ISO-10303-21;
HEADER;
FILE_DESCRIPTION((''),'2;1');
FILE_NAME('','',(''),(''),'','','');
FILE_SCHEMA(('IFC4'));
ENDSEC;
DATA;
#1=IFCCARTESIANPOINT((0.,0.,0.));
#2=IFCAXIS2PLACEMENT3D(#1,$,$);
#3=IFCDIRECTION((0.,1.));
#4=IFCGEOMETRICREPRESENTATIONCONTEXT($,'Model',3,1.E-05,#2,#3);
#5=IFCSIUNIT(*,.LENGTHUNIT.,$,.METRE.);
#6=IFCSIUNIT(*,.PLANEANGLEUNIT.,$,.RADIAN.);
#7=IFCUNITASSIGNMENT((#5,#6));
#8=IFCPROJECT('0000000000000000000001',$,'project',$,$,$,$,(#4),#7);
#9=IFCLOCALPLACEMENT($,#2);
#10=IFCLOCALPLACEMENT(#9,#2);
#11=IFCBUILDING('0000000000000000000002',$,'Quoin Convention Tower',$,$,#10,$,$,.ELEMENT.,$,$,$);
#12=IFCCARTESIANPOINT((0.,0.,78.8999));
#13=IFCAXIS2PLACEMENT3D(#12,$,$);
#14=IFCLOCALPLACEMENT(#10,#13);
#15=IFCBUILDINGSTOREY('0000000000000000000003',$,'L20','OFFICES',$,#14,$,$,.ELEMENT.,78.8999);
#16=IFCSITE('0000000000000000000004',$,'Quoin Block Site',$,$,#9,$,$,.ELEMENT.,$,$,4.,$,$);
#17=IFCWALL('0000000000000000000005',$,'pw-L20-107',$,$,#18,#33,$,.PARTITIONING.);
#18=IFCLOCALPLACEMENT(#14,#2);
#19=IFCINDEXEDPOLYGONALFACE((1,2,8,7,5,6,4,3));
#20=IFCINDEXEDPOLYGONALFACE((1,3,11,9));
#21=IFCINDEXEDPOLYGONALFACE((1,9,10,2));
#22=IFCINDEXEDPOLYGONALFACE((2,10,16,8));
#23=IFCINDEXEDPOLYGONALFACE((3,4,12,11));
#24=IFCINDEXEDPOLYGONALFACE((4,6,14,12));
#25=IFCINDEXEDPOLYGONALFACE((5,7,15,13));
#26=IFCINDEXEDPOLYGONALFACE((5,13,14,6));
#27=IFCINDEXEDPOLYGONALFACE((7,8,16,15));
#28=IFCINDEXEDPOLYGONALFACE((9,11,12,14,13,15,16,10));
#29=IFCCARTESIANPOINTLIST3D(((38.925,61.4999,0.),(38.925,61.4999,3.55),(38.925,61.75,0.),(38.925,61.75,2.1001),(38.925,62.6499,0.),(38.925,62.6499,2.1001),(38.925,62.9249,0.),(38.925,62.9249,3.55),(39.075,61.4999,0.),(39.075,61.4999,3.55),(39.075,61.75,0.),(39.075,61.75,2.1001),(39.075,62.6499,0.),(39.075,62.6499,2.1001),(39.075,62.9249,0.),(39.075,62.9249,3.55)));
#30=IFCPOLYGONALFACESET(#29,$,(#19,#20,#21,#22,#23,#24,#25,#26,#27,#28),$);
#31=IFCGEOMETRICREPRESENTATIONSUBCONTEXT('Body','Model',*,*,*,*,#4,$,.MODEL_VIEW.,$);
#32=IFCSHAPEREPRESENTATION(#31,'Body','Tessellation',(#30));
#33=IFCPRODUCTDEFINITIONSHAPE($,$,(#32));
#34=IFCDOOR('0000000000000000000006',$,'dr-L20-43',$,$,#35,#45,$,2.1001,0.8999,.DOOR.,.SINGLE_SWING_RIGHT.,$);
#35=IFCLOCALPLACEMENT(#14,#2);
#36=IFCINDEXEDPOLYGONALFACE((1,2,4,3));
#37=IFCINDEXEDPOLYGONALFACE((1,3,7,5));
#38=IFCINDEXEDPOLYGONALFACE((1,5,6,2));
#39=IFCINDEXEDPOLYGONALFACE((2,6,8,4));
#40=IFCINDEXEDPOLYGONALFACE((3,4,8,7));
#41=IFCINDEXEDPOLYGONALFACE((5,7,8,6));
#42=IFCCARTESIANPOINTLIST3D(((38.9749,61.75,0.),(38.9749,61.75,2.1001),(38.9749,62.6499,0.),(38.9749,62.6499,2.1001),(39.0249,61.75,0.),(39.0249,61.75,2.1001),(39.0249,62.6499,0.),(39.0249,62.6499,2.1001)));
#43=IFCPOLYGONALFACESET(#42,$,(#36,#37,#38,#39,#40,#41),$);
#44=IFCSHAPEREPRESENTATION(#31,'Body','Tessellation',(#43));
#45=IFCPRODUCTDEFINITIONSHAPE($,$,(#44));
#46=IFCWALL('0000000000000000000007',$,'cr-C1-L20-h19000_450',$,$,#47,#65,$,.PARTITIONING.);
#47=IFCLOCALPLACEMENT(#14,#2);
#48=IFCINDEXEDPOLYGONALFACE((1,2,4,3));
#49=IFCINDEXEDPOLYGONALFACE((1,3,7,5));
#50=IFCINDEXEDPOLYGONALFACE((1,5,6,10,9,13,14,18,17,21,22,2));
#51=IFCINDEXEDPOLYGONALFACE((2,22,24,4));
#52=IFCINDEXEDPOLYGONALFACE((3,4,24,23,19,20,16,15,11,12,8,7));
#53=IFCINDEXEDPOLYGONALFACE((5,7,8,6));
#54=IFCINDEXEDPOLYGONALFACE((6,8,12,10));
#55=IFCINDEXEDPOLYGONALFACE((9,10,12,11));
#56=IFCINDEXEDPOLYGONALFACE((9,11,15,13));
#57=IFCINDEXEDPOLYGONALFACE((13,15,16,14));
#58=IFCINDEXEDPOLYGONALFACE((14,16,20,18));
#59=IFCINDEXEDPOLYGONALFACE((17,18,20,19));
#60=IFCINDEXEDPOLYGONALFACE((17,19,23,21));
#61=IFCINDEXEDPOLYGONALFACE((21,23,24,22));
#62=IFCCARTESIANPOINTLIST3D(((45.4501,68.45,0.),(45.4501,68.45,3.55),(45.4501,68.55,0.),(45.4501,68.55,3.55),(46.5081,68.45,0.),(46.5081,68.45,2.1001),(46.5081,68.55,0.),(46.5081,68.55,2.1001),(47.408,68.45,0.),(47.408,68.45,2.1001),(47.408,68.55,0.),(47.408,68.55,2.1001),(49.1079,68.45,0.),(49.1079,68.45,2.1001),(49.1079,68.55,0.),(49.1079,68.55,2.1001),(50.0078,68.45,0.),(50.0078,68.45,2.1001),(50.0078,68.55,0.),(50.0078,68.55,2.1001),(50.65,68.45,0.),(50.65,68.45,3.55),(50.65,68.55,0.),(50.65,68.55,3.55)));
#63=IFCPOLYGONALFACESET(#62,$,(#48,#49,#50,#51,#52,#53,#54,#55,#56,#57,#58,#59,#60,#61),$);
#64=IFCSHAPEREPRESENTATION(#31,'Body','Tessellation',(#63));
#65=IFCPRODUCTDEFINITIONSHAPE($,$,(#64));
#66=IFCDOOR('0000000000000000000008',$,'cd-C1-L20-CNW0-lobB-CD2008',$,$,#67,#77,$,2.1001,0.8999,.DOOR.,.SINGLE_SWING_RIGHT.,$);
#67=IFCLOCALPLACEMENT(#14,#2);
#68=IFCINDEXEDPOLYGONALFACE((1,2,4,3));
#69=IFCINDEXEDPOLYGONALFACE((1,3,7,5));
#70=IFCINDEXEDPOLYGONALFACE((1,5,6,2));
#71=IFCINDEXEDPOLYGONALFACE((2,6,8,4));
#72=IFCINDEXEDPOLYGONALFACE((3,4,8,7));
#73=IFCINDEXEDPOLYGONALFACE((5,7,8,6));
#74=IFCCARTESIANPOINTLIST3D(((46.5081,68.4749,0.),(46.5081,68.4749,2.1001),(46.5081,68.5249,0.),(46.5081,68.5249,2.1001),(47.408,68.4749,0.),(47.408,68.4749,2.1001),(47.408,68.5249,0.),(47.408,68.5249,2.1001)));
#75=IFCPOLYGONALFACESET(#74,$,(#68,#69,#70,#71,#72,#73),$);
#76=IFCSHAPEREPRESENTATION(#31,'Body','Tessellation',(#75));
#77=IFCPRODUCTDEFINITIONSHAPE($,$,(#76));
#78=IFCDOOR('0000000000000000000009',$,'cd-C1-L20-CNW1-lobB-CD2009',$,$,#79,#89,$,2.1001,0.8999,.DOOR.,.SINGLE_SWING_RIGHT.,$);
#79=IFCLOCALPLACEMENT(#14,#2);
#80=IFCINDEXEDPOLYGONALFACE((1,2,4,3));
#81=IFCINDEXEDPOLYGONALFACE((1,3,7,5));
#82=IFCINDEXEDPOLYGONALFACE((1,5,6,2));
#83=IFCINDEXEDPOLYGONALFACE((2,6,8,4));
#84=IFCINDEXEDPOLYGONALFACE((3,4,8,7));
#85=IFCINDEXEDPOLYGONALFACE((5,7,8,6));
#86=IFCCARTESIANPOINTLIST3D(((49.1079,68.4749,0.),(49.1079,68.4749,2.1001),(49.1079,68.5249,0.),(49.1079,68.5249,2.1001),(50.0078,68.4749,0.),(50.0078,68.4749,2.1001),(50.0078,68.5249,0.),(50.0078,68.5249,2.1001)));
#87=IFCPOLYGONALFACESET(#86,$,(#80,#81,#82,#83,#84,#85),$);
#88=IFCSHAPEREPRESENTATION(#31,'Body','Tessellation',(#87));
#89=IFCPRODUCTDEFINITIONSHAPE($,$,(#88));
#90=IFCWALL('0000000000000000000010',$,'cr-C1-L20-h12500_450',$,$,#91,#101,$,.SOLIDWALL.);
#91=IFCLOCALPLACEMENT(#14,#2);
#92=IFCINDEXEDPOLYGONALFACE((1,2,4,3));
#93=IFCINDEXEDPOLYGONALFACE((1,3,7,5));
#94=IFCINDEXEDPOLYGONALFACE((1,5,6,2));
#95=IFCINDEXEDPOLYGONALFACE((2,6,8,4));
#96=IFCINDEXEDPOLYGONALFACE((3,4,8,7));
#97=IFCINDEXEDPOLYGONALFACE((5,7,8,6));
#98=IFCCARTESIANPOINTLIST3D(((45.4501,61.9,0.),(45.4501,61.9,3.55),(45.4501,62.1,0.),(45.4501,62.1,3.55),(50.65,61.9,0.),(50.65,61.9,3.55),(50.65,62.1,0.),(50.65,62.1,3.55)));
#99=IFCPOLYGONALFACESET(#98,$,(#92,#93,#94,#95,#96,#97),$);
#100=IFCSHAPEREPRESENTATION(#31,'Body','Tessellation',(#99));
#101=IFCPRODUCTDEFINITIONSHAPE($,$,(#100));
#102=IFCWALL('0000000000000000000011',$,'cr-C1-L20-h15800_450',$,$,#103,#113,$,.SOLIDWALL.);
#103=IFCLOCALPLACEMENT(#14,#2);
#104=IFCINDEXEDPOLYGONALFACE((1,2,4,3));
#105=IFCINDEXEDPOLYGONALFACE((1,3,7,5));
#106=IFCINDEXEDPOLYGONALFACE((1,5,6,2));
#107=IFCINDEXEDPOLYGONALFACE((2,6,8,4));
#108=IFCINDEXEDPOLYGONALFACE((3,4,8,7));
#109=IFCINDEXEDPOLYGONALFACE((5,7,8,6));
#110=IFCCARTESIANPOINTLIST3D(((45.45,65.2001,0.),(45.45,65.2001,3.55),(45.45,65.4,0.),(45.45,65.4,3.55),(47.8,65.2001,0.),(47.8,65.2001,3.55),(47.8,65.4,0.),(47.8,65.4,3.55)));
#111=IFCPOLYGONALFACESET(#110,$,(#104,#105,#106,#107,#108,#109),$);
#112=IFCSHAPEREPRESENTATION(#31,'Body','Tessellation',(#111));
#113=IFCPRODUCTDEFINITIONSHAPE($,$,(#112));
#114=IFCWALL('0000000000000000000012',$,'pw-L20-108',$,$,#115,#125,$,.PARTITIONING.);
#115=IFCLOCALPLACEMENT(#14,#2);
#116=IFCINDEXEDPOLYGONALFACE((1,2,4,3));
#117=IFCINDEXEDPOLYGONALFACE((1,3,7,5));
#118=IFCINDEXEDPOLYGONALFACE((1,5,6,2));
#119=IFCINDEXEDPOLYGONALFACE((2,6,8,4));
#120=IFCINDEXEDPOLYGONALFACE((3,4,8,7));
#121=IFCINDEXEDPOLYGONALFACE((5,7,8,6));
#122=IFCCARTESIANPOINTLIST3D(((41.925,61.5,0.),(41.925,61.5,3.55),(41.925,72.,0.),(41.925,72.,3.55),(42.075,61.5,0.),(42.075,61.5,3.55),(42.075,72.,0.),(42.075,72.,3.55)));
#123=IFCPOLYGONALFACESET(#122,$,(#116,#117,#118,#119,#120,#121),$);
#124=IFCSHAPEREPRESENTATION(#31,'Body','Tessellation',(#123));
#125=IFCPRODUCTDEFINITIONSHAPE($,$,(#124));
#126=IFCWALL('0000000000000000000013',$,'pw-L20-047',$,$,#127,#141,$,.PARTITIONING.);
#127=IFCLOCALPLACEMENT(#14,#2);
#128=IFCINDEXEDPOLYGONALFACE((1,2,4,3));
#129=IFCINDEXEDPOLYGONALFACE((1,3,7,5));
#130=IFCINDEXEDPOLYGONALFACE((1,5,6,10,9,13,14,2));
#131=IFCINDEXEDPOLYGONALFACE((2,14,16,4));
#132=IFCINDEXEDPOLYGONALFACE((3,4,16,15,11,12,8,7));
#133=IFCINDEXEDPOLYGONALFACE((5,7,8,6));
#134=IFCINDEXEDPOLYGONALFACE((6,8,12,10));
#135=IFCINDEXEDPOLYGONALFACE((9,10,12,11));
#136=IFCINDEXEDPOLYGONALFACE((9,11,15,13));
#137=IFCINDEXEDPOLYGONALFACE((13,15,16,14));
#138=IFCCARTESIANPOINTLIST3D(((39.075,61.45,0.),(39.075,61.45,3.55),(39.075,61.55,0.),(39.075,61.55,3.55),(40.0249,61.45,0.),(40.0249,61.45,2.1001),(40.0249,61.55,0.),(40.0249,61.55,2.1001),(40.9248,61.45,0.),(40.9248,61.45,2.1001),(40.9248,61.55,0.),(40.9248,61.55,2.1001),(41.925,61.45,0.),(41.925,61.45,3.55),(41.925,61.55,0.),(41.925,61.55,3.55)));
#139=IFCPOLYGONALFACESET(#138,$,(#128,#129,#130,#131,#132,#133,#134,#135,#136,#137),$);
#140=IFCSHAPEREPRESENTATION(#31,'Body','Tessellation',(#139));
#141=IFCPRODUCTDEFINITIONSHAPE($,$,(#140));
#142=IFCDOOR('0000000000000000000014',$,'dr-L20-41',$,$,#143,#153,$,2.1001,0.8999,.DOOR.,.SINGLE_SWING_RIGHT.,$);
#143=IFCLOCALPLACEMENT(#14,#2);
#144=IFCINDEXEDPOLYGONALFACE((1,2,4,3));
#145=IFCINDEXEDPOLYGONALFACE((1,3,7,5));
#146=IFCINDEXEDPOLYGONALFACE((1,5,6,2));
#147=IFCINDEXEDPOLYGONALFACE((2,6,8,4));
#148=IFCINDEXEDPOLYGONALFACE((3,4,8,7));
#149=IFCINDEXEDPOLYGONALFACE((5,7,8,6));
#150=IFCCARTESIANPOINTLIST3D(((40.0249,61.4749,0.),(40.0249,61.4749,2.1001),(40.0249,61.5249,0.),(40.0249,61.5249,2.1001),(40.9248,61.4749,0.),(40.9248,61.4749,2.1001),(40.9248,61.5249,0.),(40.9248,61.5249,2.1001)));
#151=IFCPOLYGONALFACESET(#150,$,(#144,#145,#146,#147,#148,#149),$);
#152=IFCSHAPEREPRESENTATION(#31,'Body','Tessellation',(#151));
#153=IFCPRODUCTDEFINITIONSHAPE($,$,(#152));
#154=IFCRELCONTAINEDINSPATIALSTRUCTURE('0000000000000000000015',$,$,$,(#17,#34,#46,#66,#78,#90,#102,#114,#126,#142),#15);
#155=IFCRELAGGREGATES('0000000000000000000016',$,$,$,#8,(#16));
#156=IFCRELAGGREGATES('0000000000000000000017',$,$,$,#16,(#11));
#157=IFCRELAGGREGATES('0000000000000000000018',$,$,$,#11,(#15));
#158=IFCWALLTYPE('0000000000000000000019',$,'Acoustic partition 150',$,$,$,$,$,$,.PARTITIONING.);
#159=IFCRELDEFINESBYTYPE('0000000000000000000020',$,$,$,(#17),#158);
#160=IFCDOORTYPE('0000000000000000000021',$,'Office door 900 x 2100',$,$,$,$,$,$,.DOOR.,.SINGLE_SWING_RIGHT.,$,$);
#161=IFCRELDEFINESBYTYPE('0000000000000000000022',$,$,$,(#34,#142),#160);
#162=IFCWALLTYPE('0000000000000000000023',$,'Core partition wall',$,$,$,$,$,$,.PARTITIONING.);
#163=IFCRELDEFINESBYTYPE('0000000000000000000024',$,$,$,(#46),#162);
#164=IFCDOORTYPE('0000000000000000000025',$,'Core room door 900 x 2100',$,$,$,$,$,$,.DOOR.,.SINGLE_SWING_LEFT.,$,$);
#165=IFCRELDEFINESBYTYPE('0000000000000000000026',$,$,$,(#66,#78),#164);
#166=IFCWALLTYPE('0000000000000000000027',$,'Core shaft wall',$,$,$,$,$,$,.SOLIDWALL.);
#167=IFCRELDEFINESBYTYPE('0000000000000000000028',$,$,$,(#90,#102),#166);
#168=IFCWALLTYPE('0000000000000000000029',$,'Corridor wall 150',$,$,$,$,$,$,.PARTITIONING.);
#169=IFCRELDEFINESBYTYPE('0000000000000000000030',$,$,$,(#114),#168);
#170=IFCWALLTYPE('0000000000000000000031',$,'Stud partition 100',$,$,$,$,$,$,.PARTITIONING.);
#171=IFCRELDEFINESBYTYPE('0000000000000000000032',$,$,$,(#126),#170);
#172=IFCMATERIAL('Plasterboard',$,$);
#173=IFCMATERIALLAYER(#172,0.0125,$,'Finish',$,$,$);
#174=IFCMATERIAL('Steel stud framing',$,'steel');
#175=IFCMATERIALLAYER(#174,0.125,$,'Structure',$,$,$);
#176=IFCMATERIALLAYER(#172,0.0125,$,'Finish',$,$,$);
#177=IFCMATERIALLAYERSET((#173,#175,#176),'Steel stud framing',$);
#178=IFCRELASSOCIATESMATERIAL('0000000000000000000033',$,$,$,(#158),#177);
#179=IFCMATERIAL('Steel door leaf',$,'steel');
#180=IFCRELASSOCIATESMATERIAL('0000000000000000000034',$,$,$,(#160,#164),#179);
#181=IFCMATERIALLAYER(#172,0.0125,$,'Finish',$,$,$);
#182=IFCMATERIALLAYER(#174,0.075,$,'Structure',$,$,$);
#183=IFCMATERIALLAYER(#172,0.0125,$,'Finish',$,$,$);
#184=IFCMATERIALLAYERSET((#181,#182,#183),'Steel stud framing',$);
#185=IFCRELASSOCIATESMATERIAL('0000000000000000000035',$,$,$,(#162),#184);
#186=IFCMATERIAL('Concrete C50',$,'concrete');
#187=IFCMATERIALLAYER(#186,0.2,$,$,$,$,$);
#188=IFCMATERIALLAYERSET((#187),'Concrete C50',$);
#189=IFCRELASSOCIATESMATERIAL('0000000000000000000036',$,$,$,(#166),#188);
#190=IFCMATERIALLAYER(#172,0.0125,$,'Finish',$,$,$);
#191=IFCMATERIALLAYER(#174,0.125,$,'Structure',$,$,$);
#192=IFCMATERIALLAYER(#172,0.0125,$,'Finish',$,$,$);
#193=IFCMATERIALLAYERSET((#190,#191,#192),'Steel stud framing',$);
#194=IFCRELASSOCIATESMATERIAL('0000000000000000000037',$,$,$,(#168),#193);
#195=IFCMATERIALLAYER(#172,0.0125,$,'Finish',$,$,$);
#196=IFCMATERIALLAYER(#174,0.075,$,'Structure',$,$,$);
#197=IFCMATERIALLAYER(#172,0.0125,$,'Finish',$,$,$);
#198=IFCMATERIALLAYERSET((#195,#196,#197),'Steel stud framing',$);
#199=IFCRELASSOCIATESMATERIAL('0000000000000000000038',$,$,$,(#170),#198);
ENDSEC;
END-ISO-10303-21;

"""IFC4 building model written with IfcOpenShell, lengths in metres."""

from ifc_helpers import new_model, si_unit, direction, frame, frame_2d, origin, place, context, subcontext, project, spatial, rectangle, extrude, material, layer, layer_set, type_object, element, fill, save


model = new_model("IFC4")

# Units and contexts
model_context = context("Model", 3, precision=1e-05, world=origin(), true_north=direction((0.0, 1.0)))
body_context = subcontext(model_context, "Body", "Model", "MODEL_VIEW")
ifc_project = project(units=[si_unit("LENGTHUNIT", "METRE"), si_unit("PLANEANGLEUNIT", "RADIAN")], contexts=[model_context])

# Site, building, storey
site_placement = place(None, origin())
site = spatial("IfcSite", under=ifc_project, at=site_placement, Name="Quoin Block Site", CompositionType="ELEMENT", RefElevation=4.0)
building_placement = place(site_placement, origin())
building = spatial("IfcBuilding", under=site, at=building_placement, Name="Quoin Convention Tower", CompositionType="ELEMENT")
storey_placement = place(building_placement, frame((0.0, 0.0, 78.8999)))
storey = spatial("IfcBuildingStorey", under=building, at=storey_placement, Name="L20", Description="OFFICES", CompositionType="ELEMENT", Elevation=78.8999)

# Shared definitions
ifc_material_1 = material(Name="Plasterboard")
ifc_layer_1 = layer(ifc_material_1, 0.0125, Name="Finish")
ifc_material_2 = material(Name="Steel stud framing", Category="steel")
ifc_layer_2 = layer(ifc_material_2, 0.125, Name="Structure")
ifc_layer_3 = layer(ifc_material_1, 0.0125, Name="Finish")
ifc_layer_set_1 = layer_set([ifc_layer_1, ifc_layer_2, ifc_layer_3], Name="Steel stud framing")
wall_type_1 = type_object("IfcWallType", Name="Acoustic partition 150", PredefinedType="PARTITIONING", material=ifc_layer_set_1)

# Wall, opening, door
wall_1_placement = place(storey_placement, frame((39.0, 61.5, 0.0), z_axis=(0.0, 0.0, 1.0), x_axis=(0.0, 1.0, 0.0)))
wall_1 = element("IfcWall", 1, at=wall_1_placement, inside=storey, type_object=wall_type_1, Name="pw-L20-107", PredefinedType="PARTITIONING", context=body_context, shape_type="SweptSolid", body=[
    extrude(rectangle(XDim=1.425, YDim=0.1499, at=frame_2d((0.7124, 0.0))), origin(), (0.0, 0.0, 1.0), 3.55),
])
opening_1_placement = place(wall_1_placement, frame((0.25, 0.0, 0.0)))
opening_1 = element("IfcOpeningElement", 2, at=opening_1_placement, cuts=wall_1, PredefinedType="OPENING", context=body_context, shape_type="SweptSolid", body=[
    extrude(rectangle(XDim=0.8999, YDim=2.1001, at=frame_2d((0.45, 1.05))), frame((0.0, 0.085, 0.0), z_axis=(0.0, -1.0, 0.0), x_axis=(1.0, 0.0, 0.0)), (0.0, 0.0, 1.0), 0.1699),
])
ifc_material_3 = material(Name="Steel door leaf", Category="steel")
door_type_1 = type_object("IfcDoorType", Name="Office door 900 x 2100", OperationType="SINGLE_SWING_RIGHT", PredefinedType="DOOR", material=ifc_material_3)
door_1_placement = place(opening_1_placement, frame((0.8999, 0.0, 0.0), z_axis=(0.0, 0.0, 1.0), x_axis=(-1.0, 0.0, 0.0)))
door_1 = element("IfcDoor", 3, at=door_1_placement, inside=storey, type_object=door_type_1, Name="dr-L20-43", OperationType="SINGLE_SWING_RIGHT", OverallHeight=2.1001, OverallWidth=0.8999, PredefinedType="DOOR", context=body_context, shape_type="SweptSolid", body=[
    extrude(rectangle(XDim=0.8999, YDim=2.1001, at=frame_2d((0.45, 1.05))), frame((0.0, 0.0249, 0.0), z_axis=(0.0, -1.0, 0.0), x_axis=(1.0, 0.0, 0.0)), (0.0, 0.0, 1.0), 0.05),
])
fill(opening_1, door_1)

# Wall, openings, doors
ifc_layer_4 = layer(ifc_material_1, 0.0125, Name="Finish")
ifc_layer_5 = layer(ifc_material_2, 0.075, Name="Structure")
ifc_layer_6 = layer(ifc_material_1, 0.0125, Name="Finish")
ifc_layer_set_2 = layer_set([ifc_layer_4, ifc_layer_5, ifc_layer_6], Name="Steel stud framing")
wall_type_2 = type_object("IfcWallType", Name="Core partition wall", PredefinedType="PARTITIONING", material=ifc_layer_set_2)
wall_2_placement = place(storey_placement, frame((45.45, 68.5, 0.0), z_axis=(0.0, 0.0, 1.0), x_axis=(1.0, 0.0, 0.0)))
wall_2 = element("IfcWall", 4, at=wall_2_placement, inside=storey, type_object=wall_type_2, Name="cr-C1-L20-h19000_450", PredefinedType="PARTITIONING", context=body_context, shape_type="SweptSolid", body=[
    extrude(rectangle(XDim=5.2, YDim=0.1001, at=frame_2d((2.6001, 0.0))), origin(), (0.0, 0.0, 1.0), 3.55),
])
opening_2_placement = place(wall_2_placement, frame((1.0581, 0.0, 0.0)))
opening_2 = element("IfcOpeningElement", 5, at=opening_2_placement, cuts=wall_2, PredefinedType="OPENING", context=body_context, shape_type="SweptSolid", body=[
    extrude(rectangle(XDim=0.8999, YDim=2.1001, at=frame_2d((0.45, 1.05))), frame((0.0, 0.0601, 0.0), z_axis=(0.0, -1.0, 0.0), x_axis=(1.0, 0.0, 0.0)), (0.0, 0.0, 1.0), 0.1201),
])
opening_3_placement = place(wall_2_placement, frame((3.658, 0.0, 0.0)))
opening_3 = element("IfcOpeningElement", 6, at=opening_3_placement, cuts=wall_2, PredefinedType="OPENING", context=body_context, shape_type="SweptSolid", body=[
    extrude(rectangle(XDim=0.8999, YDim=2.1001, at=frame_2d((0.45, 1.05))), frame((0.0, 0.0601, 0.0), z_axis=(0.0, -1.0, 0.0), x_axis=(1.0, 0.0, 0.0)), (0.0, 0.0, 1.0), 0.1201),
])
door_type_2 = type_object("IfcDoorType", Name="Core room door 900 x 2100", OperationType="SINGLE_SWING_LEFT", PredefinedType="DOOR", material=ifc_material_3)
door_2_placement = place(opening_2_placement, origin())
door_2 = element("IfcDoor", 7, at=door_2_placement, inside=storey, type_object=door_type_2, Name="cd-C1-L20-CNW0-lobB-CD2008", OperationType="SINGLE_SWING_RIGHT", OverallHeight=2.1001, OverallWidth=0.8999, PredefinedType="DOOR", context=body_context, shape_type="SweptSolid", body=[
    extrude(rectangle(XDim=0.8999, YDim=2.1001, at=frame_2d((0.45, 1.05))), frame((0.0, 0.0249, 0.0), z_axis=(0.0, -1.0, 0.0), x_axis=(1.0, 0.0, 0.0)), (0.0, 0.0, 1.0), 0.05),
])
fill(opening_2, door_2)
door_3_placement = place(opening_3_placement, origin())
door_3 = element("IfcDoor", 8, at=door_3_placement, inside=storey, type_object=door_type_2, Name="cd-C1-L20-CNW1-lobB-CD2009", OperationType="SINGLE_SWING_RIGHT", OverallHeight=2.1001, OverallWidth=0.8999, PredefinedType="DOOR", context=body_context, shape_type="SweptSolid", body=[
    extrude(rectangle(XDim=0.8999, YDim=2.1001, at=frame_2d((0.45, 1.05))), frame((0.0, 0.0249, 0.0), z_axis=(0.0, -1.0, 0.0), x_axis=(1.0, 0.0, 0.0)), (0.0, 0.0, 1.0), 0.05),
])
fill(opening_3, door_3)

# Walls
ifc_material_4 = material(Name="Concrete C50", Category="concrete")
ifc_layer_7 = layer(ifc_material_4, 0.2)
ifc_layer_set_3 = layer_set([ifc_layer_7], Name="Concrete C50")
wall_type_3 = type_object("IfcWallType", Name="Core shaft wall", PredefinedType="SOLIDWALL", material=ifc_layer_set_3)
wall_3_placement = place(storey_placement, frame((45.45, 62.0, 0.0), z_axis=(0.0, 0.0, 1.0), x_axis=(1.0, 0.0, 0.0)))
element("IfcWall", 9, at=wall_3_placement, inside=storey, type_object=wall_type_3, Name="cr-C1-L20-h12500_450", PredefinedType="SOLIDWALL", context=body_context, shape_type="SweptSolid", body=[
    extrude(rectangle(XDim=5.2, YDim=0.2, at=frame_2d((2.6001, 0.0))), origin(), (0.0, 0.0, 1.0), 3.55),
])
wall_4_placement = place(storey_placement, frame((45.45, 65.3, 0.0), z_axis=(0.0, 0.0, 1.0), x_axis=(1.0, 0.0, 0.0)))
element("IfcWall", 10, at=wall_4_placement, inside=storey, type_object=wall_type_3, Name="cr-C1-L20-h15800_450", PredefinedType="SOLIDWALL", context=body_context, shape_type="SweptSolid", body=[
    extrude(rectangle(XDim=2.3501, YDim=0.2, at=frame_2d((1.175, 0.0))), origin(), (0.0, 0.0, 1.0), 3.55),
])
ifc_layer_8 = layer(ifc_material_1, 0.0125, Name="Finish")
ifc_layer_9 = layer(ifc_material_2, 0.125, Name="Structure")
ifc_layer_10 = layer(ifc_material_1, 0.0125, Name="Finish")
ifc_layer_set_4 = layer_set([ifc_layer_8, ifc_layer_9, ifc_layer_10], Name="Steel stud framing")
wall_type_4 = type_object("IfcWallType", Name="Corridor wall 150", PredefinedType="PARTITIONING", material=ifc_layer_set_4)
wall_5_placement = place(storey_placement, frame((42.0, 61.5, 0.0), z_axis=(0.0, 0.0, 1.0), x_axis=(0.0, 1.0, 0.0)))
element("IfcWall", 11, at=wall_5_placement, inside=storey, type_object=wall_type_4, Name="pw-L20-108", PredefinedType="PARTITIONING", context=body_context, shape_type="SweptSolid", body=[
    extrude(rectangle(XDim=10.5, YDim=0.1499, at=frame_2d((5.25, 0.0))), origin(), (0.0, 0.0, 1.0), 3.55),
])

# Wall, opening, door
ifc_layer_11 = layer(ifc_material_1, 0.0125, Name="Finish")
ifc_layer_12 = layer(ifc_material_2, 0.075, Name="Structure")
ifc_layer_13 = layer(ifc_material_1, 0.0125, Name="Finish")
ifc_layer_set_5 = layer_set([ifc_layer_11, ifc_layer_12, ifc_layer_13], Name="Steel stud framing")
wall_type_5 = type_object("IfcWallType", Name="Stud partition 100", PredefinedType="PARTITIONING", material=ifc_layer_set_5)
wall_6_placement = place(storey_placement, frame((39.075, 61.5, 0.0), z_axis=(0.0, 0.0, 1.0), x_axis=(1.0, 0.0, 0.0)))
wall_6 = element("IfcWall", 12, at=wall_6_placement, inside=storey, type_object=wall_type_5, Name="pw-L20-047", PredefinedType="PARTITIONING", context=body_context, shape_type="SweptSolid", body=[
    extrude(rectangle(XDim=2.8501, YDim=0.1001, at=frame_2d((1.425, 0.0))), origin(), (0.0, 0.0, 1.0), 3.55),
])
opening_4_placement = place(wall_6_placement, frame((0.95, 0.0, 0.0)))
opening_4 = element("IfcOpeningElement", 13, at=opening_4_placement, cuts=wall_6, PredefinedType="OPENING", context=body_context, shape_type="SweptSolid", body=[
    extrude(rectangle(XDim=0.8999, YDim=2.1001, at=frame_2d((0.45, 1.05))), frame((0.0, 0.0601, 0.0), z_axis=(0.0, -1.0, 0.0), x_axis=(1.0, 0.0, 0.0)), (0.0, 0.0, 1.0), 0.1201),
])
door_4_placement = place(opening_4_placement, origin())
door_4 = element("IfcDoor", 14, at=door_4_placement, inside=storey, type_object=door_type_1, Name="dr-L20-41", OperationType="SINGLE_SWING_RIGHT", OverallHeight=2.1001, OverallWidth=0.8999, PredefinedType="DOOR", context=body_context, shape_type="SweptSolid", body=[
    extrude(rectangle(XDim=0.8999, YDim=2.1001, at=frame_2d((0.45, 1.05))), frame((0.0, 0.0249, 0.0), z_axis=(0.0, -1.0, 0.0), x_axis=(1.0, 0.0, 0.0)), (0.0, 0.0, 1.0), 0.05),
])
fill(opening_4, door_4)

save(model, "model.ifc")
